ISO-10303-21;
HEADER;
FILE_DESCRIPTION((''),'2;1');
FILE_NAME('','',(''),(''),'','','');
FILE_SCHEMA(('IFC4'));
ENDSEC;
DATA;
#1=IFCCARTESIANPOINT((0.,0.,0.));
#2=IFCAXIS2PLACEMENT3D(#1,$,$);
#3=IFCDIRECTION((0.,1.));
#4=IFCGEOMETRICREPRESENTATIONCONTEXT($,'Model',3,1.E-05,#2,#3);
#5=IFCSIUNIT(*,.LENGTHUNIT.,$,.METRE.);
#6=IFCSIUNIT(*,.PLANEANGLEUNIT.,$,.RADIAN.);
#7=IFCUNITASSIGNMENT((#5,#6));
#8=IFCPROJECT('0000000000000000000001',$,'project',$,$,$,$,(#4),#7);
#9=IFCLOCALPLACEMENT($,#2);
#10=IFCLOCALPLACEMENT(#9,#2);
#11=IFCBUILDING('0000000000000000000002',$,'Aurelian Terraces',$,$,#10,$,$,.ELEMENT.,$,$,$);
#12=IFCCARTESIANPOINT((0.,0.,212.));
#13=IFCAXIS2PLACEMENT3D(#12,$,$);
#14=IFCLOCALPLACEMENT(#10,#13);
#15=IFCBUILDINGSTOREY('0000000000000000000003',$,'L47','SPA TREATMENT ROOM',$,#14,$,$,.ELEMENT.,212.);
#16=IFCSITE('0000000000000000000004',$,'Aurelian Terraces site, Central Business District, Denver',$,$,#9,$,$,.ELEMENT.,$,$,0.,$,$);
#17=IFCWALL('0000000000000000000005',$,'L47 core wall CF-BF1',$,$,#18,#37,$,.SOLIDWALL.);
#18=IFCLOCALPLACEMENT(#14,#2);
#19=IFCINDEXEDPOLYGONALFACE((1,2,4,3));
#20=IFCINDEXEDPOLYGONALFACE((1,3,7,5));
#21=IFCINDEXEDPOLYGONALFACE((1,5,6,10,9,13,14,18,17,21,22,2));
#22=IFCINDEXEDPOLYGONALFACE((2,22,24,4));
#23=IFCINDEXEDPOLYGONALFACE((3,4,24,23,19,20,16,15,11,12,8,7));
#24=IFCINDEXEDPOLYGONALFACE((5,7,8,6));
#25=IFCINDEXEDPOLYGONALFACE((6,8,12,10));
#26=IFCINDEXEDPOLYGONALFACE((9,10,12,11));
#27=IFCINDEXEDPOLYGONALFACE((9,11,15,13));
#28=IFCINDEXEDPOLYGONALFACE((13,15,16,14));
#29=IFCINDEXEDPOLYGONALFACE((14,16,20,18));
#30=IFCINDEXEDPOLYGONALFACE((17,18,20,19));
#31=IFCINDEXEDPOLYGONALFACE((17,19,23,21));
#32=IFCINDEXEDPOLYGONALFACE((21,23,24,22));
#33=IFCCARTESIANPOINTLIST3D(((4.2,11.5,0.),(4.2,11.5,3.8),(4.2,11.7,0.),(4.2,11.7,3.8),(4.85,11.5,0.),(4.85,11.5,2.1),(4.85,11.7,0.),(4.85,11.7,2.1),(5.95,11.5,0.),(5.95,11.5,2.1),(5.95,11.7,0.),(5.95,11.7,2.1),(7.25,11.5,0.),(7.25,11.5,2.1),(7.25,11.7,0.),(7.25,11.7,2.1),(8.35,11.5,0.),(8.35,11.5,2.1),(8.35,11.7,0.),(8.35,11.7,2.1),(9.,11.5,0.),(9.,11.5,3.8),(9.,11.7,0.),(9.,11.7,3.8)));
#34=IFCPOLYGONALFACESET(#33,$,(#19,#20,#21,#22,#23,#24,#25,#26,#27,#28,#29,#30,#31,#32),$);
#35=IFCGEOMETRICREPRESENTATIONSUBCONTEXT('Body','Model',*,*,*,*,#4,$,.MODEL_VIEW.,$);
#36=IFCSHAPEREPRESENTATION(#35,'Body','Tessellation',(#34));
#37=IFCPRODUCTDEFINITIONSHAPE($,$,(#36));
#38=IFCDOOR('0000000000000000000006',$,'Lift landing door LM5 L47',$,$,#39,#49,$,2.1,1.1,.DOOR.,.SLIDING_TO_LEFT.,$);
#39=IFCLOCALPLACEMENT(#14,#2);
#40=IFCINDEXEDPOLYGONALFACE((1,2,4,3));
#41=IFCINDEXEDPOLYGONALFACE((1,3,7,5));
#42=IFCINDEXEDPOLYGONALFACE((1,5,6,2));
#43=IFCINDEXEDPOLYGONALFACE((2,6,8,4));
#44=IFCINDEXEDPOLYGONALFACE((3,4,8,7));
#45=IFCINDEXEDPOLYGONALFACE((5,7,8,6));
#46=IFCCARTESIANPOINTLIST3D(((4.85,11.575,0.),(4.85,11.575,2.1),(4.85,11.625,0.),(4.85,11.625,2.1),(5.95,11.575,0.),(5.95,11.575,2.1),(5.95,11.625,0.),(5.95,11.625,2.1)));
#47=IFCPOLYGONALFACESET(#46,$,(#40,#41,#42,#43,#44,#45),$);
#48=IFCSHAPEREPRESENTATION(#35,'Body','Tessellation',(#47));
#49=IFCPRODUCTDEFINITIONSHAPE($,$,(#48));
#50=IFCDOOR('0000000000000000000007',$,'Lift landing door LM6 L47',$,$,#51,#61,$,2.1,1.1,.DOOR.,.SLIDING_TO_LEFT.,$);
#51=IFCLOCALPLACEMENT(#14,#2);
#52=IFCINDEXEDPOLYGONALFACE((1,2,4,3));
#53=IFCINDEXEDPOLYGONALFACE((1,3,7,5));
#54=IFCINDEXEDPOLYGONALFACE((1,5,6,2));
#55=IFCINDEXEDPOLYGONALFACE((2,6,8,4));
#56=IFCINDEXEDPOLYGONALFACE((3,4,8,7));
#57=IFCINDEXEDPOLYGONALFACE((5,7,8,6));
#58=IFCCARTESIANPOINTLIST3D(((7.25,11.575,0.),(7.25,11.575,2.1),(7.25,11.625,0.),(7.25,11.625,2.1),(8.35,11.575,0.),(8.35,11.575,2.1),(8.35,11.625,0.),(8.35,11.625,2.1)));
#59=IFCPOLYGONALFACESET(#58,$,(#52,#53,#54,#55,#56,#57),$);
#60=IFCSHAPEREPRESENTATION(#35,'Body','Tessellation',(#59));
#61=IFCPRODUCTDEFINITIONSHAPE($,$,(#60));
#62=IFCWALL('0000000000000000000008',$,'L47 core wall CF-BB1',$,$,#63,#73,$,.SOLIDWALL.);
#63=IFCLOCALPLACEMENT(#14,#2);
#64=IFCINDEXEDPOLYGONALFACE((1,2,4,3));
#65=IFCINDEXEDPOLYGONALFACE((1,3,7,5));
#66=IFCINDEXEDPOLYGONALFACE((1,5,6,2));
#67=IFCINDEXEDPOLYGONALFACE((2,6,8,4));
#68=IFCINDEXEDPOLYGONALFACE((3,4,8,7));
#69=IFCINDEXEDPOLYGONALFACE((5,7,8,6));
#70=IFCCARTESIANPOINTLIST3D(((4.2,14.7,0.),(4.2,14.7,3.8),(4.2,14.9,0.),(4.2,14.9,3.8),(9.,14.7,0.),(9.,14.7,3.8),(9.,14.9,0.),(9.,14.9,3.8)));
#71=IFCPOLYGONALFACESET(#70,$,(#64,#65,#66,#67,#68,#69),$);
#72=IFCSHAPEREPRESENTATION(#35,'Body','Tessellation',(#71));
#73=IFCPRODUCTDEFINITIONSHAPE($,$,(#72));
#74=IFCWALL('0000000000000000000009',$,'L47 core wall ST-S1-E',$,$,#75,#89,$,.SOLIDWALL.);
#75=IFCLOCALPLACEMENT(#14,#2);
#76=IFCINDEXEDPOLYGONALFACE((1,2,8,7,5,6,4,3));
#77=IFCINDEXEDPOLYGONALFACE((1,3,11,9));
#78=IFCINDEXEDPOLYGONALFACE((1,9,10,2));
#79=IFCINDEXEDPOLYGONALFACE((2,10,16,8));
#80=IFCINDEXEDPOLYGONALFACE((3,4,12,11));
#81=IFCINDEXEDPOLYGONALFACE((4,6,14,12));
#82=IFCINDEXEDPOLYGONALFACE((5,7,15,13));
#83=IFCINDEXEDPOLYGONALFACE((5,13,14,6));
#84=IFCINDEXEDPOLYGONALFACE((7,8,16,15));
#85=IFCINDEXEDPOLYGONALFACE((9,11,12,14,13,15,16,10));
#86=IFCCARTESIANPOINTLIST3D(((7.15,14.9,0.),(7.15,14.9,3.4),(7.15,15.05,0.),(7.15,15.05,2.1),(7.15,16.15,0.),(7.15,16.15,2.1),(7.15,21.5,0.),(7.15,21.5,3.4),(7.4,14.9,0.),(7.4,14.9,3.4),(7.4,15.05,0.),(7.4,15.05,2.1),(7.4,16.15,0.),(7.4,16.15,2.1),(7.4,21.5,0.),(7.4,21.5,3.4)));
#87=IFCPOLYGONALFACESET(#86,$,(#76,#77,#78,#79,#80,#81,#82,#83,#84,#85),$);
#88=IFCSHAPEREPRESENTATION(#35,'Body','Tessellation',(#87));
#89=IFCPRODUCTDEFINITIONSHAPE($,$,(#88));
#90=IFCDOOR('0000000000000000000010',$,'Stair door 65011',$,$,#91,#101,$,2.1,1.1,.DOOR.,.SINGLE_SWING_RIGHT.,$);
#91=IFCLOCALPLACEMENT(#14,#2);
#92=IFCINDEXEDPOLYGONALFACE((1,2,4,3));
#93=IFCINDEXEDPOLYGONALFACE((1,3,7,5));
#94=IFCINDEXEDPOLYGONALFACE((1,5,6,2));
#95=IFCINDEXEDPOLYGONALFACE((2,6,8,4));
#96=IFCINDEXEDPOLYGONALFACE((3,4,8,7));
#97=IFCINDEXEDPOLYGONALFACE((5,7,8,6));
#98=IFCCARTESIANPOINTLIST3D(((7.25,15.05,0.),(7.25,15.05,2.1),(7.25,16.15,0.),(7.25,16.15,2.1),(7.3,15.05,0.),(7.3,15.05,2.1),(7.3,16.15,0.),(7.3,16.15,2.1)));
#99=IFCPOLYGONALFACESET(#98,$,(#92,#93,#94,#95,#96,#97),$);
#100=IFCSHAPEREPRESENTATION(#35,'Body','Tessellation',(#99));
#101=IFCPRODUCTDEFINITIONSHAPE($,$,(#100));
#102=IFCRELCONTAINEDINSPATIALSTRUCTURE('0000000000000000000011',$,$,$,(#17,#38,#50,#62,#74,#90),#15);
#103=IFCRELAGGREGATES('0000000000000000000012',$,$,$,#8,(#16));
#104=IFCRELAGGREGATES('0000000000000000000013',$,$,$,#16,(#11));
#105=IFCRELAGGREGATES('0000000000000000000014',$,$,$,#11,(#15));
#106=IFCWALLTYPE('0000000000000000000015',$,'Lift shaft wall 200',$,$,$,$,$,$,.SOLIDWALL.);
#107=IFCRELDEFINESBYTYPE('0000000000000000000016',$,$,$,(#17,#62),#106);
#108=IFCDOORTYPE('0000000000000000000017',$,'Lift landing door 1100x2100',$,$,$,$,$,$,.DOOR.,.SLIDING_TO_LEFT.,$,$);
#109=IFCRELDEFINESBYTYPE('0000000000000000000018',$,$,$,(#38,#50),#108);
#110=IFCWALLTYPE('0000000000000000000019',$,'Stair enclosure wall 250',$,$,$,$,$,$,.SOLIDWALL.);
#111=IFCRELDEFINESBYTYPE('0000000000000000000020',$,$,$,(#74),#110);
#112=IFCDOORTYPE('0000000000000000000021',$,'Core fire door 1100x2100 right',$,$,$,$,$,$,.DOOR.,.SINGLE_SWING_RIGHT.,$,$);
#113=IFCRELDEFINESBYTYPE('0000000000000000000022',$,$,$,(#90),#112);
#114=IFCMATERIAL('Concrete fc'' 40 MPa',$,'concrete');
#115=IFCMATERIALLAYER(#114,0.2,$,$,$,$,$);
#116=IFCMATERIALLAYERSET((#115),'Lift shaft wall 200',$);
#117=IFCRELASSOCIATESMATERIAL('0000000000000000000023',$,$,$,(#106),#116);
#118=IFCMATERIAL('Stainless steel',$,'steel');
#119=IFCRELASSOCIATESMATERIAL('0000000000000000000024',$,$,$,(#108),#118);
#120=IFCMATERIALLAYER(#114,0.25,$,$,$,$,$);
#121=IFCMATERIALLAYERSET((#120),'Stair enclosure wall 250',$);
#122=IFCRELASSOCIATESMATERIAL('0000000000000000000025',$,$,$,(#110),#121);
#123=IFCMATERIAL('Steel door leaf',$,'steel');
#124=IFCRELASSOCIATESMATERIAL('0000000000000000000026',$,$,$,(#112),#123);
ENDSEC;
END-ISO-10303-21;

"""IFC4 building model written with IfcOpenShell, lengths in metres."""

from ifc_helpers import new_model, si_unit, direction, frame, frame_2d, origin, place, context, subcontext, project, spatial, rectangle, extrude, source, transform, mapped, material, layer, layer_set, type_object, element, fill, save


model = new_model("IFC4")

# Units and contexts
model_context = context("Model", 3, precision=1e-05, world=origin(), true_north=direction((0.0, 1.0)))
body_context = subcontext(model_context, "Body", "Model", "MODEL_VIEW")
ifc_project = project(units=[si_unit("LENGTHUNIT", "METRE"), si_unit("PLANEANGLEUNIT", "RADIAN")], contexts=[model_context])

# Site, building, storey
site_placement = place(None, origin())
site = spatial("IfcSite", under=ifc_project, at=site_placement, Name="Aurelian Terraces site, Central Business District, Denver", CompositionType="ELEMENT", RefElevation=0.0)
building_placement = place(site_placement, origin())
building = spatial("IfcBuilding", under=site, at=building_placement, Name="Aurelian Terraces", CompositionType="ELEMENT")
storey_placement = place(building_placement, frame((0.0, 0.0, 212.0)))
storey = spatial("IfcBuildingStorey", under=building, at=storey_placement, Name="L47", Description="SPA TREATMENT ROOM", CompositionType="ELEMENT", Elevation=212.0)

# Shared definitions
ifc_material_1 = material(Name="Concrete fc' 40 MPa", Category="concrete")
ifc_layer_1 = layer(ifc_material_1, 0.2)
ifc_layer_set_1 = layer_set([ifc_layer_1], Name="Lift shaft wall 200")
wall_type_1 = type_object("IfcWallType", Name="Lift shaft wall 200", PredefinedType="SOLIDWALL", material=ifc_layer_set_1)

# Wall, openings, doors
shared_shape_1 = source(origin(), body_context, "Body", "SweptSolid", [
    extrude(rectangle(XDim=1.1, YDim=2.1, at=frame_2d((0.55, 1.05))), frame((0.0, 0.11, 0.0), z_axis=(0.0, -1.0, 0.0), x_axis=(1.0, 0.0, 0.0)), (0.0, 0.0, 1.0), 0.22),
])
ifc_material_2 = material(Name="Stainless steel", Category="steel")
door_type_1 = type_object("IfcDoorType", Name="Lift landing door 1100x2100", OperationType="SLIDING_TO_LEFT", PredefinedType="DOOR", material=ifc_material_2)
shared_shape_2 = source(origin(), body_context, "Body", "SweptSolid", [
    extrude(rectangle(XDim=1.1, YDim=2.1, at=frame_2d((0.55, 1.05))), frame((0.0, 0.025, 0.0), z_axis=(0.0, -1.0, 0.0), x_axis=(1.0, 0.0, 0.0)), (0.0, 0.0, 1.0), 0.05),
])
shared_shape_3 = source(origin(), body_context, "Body", "SweptSolid", [
    extrude(rectangle(XDim=4.8, YDim=0.2, at=frame_2d((2.4, 0.0))), origin(), (0.0, 0.0, 1.0), 3.8),
])
wall_1_placement = place(storey_placement, frame((4.2, 11.6, 0.0), z_axis=(0.0, 0.0, 1.0), x_axis=(1.0, 0.0, 0.0)))
wall_1 = element("IfcWall", 1, at=wall_1_placement, inside=storey, type_object=wall_type_1, Name="L47 core wall CF-BF1", PredefinedType="SOLIDWALL", context=body_context, shape_type="MappedRepresentation", body=[
    mapped(shared_shape_3, transform((0.0, 0.0, 0.0), scale=1.0)),
])
opening_1_placement = place(wall_1_placement, frame((0.65, 0.0, 0.0)))
opening_1 = element("IfcOpeningElement", 2, at=opening_1_placement, cuts=wall_1, PredefinedType="OPENING", context=body_context, shape_type="MappedRepresentation", body=[
    mapped(shared_shape_1, transform((0.0, 0.0, 0.0), scale=1.0)),
])
opening_2_placement = place(wall_1_placement, frame((3.05, 0.0, 0.0)))
opening_2 = element("IfcOpeningElement", 3, at=opening_2_placement, cuts=wall_1, PredefinedType="OPENING", context=body_context, shape_type="MappedRepresentation", body=[
    mapped(shared_shape_1, transform((0.0, 0.0, 0.0), scale=1.0)),
])
door_1_placement = place(opening_1_placement, origin())
door_1 = element("IfcDoor", 4, at=door_1_placement, inside=storey, type_object=door_type_1, Name="Lift landing door LM5 L47", OperationType="SLIDING_TO_LEFT", OverallHeight=2.1, OverallWidth=1.1, PredefinedType="DOOR", context=body_context, shape_type="MappedRepresentation", body=[
    mapped(shared_shape_2, transform((0.0, 0.0, 0.0), scale=1.0)),
])
fill(opening_1, door_1)
door_2_placement = place(opening_2_placement, origin())
door_2 = element("IfcDoor", 5, at=door_2_placement, inside=storey, type_object=door_type_1, Name="Lift landing door LM6 L47", OperationType="SLIDING_TO_LEFT", OverallHeight=2.1, OverallWidth=1.1, PredefinedType="DOOR", context=body_context, shape_type="MappedRepresentation", body=[
    mapped(shared_shape_2, transform((0.0, 0.0, 0.0), scale=1.0)),
])
fill(opening_2, door_2)

# Wall
wall_2_placement = place(storey_placement, frame((4.2, 14.8, 0.0), z_axis=(0.0, 0.0, 1.0), x_axis=(1.0, 0.0, 0.0)))
element("IfcWall", 6, at=wall_2_placement, inside=storey, type_object=wall_type_1, Name="L47 core wall CF-BB1", PredefinedType="SOLIDWALL", context=body_context, shape_type="MappedRepresentation", body=[
    mapped(shared_shape_3, transform((0.0, 0.0, 0.0), scale=1.0)),
])

# Wall, opening, door
ifc_layer_2 = layer(ifc_material_1, 0.25)
ifc_layer_set_2 = layer_set([ifc_layer_2], Name="Stair enclosure wall 250")
wall_type_2 = type_object("IfcWallType", Name="Stair enclosure wall 250", PredefinedType="SOLIDWALL", material=ifc_layer_set_2)
shared_shape_4 = source(origin(), body_context, "Body", "SweptSolid", [
    extrude(rectangle(XDim=6.6, YDim=0.25, at=frame_2d((3.3, 0.0))), origin(), (0.0, 0.0, 1.0), 3.4),
])
wall_3_placement = place(storey_placement, frame((7.275, 14.9, 0.0), z_axis=(0.0, 0.0, 1.0), x_axis=(0.0, 1.0, 0.0)))
wall_3 = element("IfcWall", 7, at=wall_3_placement, inside=storey, type_object=wall_type_2, Name="L47 core wall ST-S1-E", PredefinedType="SOLIDWALL", context=body_context, shape_type="MappedRepresentation", body=[
    mapped(shared_shape_4, transform((0.0, 0.0, 0.0), scale=1.0)),
])
shared_shape_5 = source(origin(), body_context, "Body", "SweptSolid", [
    extrude(rectangle(XDim=1.1, YDim=2.1, at=frame_2d((0.55, 1.05))), frame((0.0, 0.135, 0.0), z_axis=(0.0, -1.0, 0.0), x_axis=(1.0, 0.0, 0.0)), (0.0, 0.0, 1.0), 0.27),
])
opening_3_placement = place(wall_3_placement, frame((0.15, 0.0, 0.0)))
opening_3 = element("IfcOpeningElement", 8, at=opening_3_placement, cuts=wall_3, PredefinedType="OPENING", context=body_context, shape_type="MappedRepresentation", body=[
    mapped(shared_shape_5, transform((0.0, 0.0, 0.0), scale=1.0)),
])
ifc_material_3 = material(Name="Steel door leaf", Category="steel")
door_type_2 = type_object("IfcDoorType", Name="Core fire door 1100x2100 right", OperationType="SINGLE_SWING_RIGHT", PredefinedType="DOOR", material=ifc_material_3)
door_3_placement = place(opening_3_placement, origin())
door_3 = element("IfcDoor", 9, at=door_3_placement, inside=storey, type_object=door_type_2, Name="Stair door 65011", OperationType="SINGLE_SWING_RIGHT", OverallHeight=2.1, OverallWidth=1.1, PredefinedType="DOOR", context=body_context, shape_type="MappedRepresentation", body=[
    mapped(shared_shape_2, transform((0.0, 0.0, 0.0), scale=1.0)),
])
fill(opening_3, door_3)

save(model, "model.ifc")
